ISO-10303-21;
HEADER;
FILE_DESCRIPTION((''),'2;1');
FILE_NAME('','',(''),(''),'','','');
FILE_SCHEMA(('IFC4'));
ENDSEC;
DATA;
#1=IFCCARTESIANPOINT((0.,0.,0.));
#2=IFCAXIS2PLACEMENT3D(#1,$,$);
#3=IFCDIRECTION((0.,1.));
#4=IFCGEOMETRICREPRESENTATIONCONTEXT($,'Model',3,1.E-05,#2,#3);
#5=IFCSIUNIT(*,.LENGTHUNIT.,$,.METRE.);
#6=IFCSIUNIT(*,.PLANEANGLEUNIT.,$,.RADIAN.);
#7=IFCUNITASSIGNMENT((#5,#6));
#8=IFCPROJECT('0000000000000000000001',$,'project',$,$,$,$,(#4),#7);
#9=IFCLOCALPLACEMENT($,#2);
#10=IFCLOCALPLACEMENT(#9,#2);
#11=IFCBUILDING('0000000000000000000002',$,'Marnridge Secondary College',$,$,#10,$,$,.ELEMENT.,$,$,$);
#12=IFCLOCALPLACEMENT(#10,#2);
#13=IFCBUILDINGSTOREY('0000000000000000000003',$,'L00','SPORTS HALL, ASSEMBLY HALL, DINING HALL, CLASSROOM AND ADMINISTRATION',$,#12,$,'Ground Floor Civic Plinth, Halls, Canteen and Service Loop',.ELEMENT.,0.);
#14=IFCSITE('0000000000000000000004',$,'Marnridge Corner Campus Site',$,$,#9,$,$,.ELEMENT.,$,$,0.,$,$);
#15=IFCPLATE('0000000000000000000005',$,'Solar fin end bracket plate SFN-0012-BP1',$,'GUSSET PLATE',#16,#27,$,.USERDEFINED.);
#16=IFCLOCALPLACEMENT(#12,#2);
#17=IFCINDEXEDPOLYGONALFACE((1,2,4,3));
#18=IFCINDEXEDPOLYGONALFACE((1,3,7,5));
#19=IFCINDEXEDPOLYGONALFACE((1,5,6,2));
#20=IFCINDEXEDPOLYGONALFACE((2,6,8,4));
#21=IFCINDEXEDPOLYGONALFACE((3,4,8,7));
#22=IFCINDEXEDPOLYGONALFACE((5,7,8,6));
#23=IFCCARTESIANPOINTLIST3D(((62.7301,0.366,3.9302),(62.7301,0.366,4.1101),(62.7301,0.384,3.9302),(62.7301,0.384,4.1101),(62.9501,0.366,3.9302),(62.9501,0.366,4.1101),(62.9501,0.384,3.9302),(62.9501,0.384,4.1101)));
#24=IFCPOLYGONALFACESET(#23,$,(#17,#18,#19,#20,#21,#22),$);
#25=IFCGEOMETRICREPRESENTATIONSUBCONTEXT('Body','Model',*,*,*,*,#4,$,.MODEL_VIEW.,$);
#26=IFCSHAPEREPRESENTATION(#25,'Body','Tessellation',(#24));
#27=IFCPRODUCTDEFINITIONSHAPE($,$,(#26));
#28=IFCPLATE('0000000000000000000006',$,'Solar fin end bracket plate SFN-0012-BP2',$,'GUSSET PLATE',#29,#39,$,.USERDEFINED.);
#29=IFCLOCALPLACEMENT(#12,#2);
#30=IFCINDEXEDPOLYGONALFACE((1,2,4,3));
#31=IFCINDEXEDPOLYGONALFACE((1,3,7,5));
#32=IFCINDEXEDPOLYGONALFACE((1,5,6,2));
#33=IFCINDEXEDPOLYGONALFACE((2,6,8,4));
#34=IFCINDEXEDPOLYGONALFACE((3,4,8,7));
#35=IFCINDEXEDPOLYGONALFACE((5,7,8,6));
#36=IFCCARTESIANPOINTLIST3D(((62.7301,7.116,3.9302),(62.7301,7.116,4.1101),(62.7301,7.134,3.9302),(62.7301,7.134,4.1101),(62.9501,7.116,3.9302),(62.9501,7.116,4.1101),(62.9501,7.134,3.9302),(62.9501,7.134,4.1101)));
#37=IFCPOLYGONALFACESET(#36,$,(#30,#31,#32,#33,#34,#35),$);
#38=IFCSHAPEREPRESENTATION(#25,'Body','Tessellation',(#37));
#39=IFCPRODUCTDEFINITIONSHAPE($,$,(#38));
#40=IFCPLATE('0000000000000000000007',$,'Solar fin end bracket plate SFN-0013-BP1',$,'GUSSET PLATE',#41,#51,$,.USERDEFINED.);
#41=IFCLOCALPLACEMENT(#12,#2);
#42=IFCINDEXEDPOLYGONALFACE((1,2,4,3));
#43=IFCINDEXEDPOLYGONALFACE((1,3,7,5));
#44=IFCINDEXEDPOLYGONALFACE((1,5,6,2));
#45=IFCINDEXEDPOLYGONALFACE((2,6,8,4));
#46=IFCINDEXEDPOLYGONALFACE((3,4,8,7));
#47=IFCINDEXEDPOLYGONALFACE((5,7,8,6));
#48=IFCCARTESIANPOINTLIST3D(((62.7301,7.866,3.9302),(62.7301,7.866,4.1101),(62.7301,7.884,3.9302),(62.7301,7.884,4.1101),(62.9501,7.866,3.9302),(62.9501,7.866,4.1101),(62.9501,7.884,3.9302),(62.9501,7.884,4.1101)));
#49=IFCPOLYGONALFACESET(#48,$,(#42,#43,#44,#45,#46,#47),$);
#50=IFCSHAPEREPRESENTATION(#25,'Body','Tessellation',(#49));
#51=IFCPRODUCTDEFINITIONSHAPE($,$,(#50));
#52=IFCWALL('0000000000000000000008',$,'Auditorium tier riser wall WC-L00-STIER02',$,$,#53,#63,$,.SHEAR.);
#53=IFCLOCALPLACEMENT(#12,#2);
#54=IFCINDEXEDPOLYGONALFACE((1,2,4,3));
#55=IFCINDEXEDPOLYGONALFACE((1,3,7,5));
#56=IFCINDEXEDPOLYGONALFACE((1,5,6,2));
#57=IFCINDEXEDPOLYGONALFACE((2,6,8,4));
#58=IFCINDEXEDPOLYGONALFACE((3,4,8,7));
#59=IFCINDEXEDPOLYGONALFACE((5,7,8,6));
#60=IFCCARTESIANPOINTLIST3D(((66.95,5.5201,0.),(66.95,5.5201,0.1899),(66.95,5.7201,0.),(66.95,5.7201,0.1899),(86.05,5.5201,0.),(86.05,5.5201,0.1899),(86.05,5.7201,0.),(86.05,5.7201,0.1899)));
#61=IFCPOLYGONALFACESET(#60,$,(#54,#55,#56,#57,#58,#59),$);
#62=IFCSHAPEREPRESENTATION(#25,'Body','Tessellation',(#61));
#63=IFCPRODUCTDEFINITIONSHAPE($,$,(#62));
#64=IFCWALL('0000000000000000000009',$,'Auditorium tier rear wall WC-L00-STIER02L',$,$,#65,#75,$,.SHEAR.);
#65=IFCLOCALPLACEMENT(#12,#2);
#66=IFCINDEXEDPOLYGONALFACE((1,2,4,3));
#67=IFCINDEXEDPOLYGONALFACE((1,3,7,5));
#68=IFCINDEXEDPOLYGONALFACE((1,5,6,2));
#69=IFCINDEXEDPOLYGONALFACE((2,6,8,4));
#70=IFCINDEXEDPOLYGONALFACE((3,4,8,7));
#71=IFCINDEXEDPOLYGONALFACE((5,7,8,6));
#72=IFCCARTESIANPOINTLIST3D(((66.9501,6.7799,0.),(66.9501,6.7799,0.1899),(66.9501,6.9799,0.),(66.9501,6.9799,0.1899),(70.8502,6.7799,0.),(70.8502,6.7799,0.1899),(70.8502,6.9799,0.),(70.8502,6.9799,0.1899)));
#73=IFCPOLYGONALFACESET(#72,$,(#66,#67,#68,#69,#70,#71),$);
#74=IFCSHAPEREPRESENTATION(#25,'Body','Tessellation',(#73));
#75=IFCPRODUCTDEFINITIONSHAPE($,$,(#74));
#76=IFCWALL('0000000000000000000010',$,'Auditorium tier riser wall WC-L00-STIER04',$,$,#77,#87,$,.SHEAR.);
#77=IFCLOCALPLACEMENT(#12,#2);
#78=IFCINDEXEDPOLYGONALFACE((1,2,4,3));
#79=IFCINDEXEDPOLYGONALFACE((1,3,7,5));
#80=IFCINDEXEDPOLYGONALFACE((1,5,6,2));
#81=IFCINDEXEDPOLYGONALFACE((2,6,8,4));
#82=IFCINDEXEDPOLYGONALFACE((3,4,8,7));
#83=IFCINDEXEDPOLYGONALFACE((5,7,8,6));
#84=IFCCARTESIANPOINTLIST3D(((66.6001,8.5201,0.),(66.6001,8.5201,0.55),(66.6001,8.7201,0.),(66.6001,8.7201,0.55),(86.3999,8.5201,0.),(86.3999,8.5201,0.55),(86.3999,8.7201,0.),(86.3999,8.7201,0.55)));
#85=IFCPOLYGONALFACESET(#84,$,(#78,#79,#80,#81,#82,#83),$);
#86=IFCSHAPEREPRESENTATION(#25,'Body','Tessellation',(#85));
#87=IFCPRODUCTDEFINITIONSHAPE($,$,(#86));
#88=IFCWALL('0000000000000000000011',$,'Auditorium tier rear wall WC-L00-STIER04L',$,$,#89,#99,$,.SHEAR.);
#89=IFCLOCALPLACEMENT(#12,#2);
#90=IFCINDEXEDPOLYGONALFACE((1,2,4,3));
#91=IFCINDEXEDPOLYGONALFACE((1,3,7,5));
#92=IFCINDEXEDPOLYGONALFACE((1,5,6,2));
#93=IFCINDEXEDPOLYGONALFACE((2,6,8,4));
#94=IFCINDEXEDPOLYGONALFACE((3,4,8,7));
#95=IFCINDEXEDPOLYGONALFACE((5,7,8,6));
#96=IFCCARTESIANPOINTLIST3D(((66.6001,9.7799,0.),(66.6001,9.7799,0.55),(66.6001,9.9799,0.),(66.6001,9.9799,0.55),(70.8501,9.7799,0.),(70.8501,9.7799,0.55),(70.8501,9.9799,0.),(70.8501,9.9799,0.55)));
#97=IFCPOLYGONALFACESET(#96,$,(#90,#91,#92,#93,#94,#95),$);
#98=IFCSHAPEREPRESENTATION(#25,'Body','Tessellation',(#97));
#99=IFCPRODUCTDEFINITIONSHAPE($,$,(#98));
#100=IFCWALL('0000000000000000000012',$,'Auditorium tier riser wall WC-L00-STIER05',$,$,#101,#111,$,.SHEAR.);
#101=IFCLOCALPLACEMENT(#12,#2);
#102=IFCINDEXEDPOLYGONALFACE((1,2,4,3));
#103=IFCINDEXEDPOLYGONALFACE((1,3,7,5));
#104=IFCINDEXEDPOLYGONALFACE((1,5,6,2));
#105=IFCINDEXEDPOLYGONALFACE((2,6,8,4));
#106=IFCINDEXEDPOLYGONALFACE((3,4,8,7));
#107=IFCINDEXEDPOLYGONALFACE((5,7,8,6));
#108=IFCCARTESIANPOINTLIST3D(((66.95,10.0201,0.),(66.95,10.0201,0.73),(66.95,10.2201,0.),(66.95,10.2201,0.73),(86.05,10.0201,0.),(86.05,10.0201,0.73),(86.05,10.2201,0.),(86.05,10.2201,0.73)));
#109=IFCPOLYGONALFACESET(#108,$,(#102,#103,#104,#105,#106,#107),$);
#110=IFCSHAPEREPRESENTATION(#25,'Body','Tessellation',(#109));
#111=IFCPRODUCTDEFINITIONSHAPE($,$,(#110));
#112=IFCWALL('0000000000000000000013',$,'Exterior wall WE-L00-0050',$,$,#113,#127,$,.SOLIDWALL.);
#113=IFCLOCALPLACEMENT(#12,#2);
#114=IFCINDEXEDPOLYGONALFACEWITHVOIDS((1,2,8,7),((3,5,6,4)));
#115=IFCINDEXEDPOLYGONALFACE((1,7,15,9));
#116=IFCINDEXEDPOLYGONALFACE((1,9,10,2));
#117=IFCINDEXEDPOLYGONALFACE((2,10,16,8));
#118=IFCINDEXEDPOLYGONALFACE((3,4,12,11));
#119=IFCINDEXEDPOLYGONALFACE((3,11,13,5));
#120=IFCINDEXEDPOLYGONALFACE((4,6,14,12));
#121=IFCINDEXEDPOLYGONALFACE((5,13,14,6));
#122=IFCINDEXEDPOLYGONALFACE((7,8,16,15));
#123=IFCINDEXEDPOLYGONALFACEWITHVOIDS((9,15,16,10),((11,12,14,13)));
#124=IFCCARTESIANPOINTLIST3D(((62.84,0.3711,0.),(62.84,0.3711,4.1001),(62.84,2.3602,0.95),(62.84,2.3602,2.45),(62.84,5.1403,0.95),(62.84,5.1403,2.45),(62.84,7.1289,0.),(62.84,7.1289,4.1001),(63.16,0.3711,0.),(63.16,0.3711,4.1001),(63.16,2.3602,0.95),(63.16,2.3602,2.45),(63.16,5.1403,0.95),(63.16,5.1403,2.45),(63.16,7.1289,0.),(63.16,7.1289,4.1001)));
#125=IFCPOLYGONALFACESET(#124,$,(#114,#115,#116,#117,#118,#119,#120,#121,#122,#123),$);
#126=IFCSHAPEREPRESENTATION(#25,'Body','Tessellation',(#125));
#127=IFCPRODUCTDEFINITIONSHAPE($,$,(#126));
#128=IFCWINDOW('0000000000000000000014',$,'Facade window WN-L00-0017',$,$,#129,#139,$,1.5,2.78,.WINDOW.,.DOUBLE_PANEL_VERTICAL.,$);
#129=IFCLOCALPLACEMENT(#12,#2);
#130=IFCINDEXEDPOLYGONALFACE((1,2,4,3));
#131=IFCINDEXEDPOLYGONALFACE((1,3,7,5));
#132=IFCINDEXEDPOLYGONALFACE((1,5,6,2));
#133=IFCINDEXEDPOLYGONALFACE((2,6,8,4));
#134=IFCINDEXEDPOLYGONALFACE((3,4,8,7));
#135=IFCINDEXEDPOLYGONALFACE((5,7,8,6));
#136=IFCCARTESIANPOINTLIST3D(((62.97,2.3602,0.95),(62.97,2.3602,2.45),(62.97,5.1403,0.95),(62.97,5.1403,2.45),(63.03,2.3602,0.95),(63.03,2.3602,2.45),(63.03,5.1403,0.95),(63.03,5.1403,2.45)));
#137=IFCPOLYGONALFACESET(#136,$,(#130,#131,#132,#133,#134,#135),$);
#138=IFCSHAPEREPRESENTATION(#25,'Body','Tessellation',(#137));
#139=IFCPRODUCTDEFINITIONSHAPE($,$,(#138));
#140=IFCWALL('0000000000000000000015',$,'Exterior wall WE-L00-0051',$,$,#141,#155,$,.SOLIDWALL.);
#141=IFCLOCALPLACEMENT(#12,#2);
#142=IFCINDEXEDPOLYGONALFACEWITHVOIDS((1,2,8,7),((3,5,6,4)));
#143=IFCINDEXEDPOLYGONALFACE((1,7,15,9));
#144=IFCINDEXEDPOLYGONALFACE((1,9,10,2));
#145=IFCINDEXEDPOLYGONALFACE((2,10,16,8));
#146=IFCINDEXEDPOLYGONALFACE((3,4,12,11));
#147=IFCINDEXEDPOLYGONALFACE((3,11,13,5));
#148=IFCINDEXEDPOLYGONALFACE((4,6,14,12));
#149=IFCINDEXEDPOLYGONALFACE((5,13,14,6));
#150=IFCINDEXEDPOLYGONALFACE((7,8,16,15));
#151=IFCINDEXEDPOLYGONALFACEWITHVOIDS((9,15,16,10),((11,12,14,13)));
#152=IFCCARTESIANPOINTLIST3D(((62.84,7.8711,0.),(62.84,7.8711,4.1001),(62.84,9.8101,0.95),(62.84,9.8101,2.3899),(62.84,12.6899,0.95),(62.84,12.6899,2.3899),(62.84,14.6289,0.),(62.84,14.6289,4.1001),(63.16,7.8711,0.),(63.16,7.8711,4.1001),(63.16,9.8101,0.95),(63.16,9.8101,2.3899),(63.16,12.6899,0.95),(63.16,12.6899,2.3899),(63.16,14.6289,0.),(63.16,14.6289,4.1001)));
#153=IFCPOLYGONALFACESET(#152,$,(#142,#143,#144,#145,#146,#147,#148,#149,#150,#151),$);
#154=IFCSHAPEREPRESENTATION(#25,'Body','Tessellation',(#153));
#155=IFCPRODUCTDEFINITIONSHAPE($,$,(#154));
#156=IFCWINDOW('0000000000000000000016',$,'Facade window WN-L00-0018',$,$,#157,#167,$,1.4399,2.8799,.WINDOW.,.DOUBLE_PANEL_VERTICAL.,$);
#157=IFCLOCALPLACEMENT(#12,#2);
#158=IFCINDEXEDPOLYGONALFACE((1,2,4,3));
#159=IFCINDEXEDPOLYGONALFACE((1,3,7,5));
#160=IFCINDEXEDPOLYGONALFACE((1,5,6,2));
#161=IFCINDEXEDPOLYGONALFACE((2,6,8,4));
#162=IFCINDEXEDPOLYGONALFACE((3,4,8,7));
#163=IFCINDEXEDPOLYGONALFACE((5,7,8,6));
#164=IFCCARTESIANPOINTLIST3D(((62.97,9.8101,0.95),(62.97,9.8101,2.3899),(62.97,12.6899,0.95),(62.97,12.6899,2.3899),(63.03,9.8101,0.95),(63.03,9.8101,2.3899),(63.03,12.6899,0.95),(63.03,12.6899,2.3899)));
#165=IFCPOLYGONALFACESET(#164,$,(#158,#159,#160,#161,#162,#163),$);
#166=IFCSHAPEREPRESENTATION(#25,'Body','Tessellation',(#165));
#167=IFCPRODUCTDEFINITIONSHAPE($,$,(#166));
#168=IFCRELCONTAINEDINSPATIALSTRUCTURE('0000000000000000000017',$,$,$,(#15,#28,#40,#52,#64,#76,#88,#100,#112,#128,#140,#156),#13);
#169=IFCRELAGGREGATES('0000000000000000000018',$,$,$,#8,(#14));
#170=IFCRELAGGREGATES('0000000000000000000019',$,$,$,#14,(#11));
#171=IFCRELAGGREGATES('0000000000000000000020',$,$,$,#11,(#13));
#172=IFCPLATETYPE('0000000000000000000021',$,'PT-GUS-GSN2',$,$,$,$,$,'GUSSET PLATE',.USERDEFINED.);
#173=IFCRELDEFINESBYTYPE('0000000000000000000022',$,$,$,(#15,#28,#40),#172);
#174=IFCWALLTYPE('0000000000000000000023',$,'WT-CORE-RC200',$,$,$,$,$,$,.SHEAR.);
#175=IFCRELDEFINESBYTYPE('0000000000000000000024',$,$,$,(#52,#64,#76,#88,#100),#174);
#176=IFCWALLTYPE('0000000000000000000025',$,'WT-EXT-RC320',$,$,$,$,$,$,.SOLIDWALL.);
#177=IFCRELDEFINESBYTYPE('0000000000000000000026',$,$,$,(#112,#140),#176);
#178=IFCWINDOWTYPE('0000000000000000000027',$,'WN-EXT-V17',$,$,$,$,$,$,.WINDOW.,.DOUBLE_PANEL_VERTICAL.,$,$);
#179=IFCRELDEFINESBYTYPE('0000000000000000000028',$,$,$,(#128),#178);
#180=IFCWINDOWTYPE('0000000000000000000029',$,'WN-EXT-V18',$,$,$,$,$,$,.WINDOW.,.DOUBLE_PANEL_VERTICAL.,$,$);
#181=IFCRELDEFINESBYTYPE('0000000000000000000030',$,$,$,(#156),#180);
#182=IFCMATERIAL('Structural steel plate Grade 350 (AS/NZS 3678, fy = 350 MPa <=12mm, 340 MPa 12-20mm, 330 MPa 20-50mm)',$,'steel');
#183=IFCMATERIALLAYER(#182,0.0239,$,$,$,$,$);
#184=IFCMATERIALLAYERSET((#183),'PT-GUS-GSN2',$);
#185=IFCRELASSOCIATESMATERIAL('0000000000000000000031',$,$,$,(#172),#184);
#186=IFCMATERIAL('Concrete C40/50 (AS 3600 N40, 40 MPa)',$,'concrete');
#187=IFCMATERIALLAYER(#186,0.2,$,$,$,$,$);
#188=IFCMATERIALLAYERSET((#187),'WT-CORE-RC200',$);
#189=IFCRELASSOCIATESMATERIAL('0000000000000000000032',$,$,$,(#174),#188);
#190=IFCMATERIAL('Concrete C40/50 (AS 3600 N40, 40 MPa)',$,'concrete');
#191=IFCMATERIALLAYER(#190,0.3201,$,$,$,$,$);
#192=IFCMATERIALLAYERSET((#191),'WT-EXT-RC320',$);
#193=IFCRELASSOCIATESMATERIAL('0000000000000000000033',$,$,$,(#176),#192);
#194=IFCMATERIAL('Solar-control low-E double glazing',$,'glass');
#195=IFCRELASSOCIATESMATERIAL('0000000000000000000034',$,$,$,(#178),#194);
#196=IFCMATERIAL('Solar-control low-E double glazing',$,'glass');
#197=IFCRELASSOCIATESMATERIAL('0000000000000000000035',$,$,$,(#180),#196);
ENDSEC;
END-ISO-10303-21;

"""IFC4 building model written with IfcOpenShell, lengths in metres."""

from ifc_helpers import new_model, si_unit, direction, frame, frame_2d, origin, origin_2d, place, context, subcontext, project, spatial, rectangle, extrude, material, layer, layer_set, type_object, element, fill, save


model = new_model("IFC4")

# Units and contexts
model_context = context("Model", 3, precision=1e-05, world=origin(), true_north=direction((0.0, 1.0)))
body_context = subcontext(model_context, "Body", "Model", "MODEL_VIEW")
ifc_project = project(units=[si_unit("LENGTHUNIT", "METRE"), si_unit("PLANEANGLEUNIT", "RADIAN")], contexts=[model_context])

# Site, building, storey
site_placement = place(None, origin())
site = spatial("IfcSite", under=ifc_project, at=site_placement, Name="Marnridge Corner Campus Site", CompositionType="ELEMENT", RefElevation=0.0)
building_placement = place(site_placement, origin())
building = spatial("IfcBuilding", under=site, at=building_placement, Name="Marnridge Secondary College", CompositionType="ELEMENT")
storey_placement = place(building_placement, origin())
storey = spatial("IfcBuildingStorey", under=building, at=storey_placement, Name="L00", Description="SPORTS HALL, ASSEMBLY HALL, DINING HALL, CLASSROOM AND ADMINISTRATION", LongName="Ground Floor Civic Plinth, Halls, Canteen and Service Loop", CompositionType="ELEMENT", Elevation=0.0)

# Plates
ifc_material_1 = material(Name="Structural steel plate Grade 350 (AS/NZS 3678, fy = 350 MPa <=12mm, 340 MPa 12-20mm, 330 MPa 20-50mm)", Category="steel")
ifc_layer_1 = layer(ifc_material_1, 0.0239)
ifc_layer_set_1 = layer_set([ifc_layer_1], Name="PT-GUS-GSN2")
plate_type = type_object("IfcPlateType", Name="PT-GUS-GSN2", ElementType="GUSSET PLATE", PredefinedType="USERDEFINED", material=ifc_layer_set_1)
for number, where, z_axis, x_axis, name in (
    (1, (62.8401, 0.375, 3.9302), (0.0, 0.0, 1.0), (1.0, 0.0, 0.0), "Solar fin end bracket plate SFN-0012-BP1"),
    (2, (62.8401, 7.125, 3.9302), (0.0, 0.0, 1.0), (1.0, 0.0, 0.0), "Solar fin end bracket plate SFN-0012-BP2"),
    (3, (62.8401, 7.875, 3.9302), (0.0, 0.0, 1.0), (1.0, 0.0, 0.0), "Solar fin end bracket plate SFN-0013-BP1"),
):
    element("IfcPlate", number, at=place(storey_placement, frame(where, z_axis=z_axis, x_axis=x_axis)), inside=storey, type_object=plate_type, Name=name, ObjectType="GUSSET PLATE", PredefinedType="USERDEFINED", context=body_context, shape_type="SweptSolid", body=[
        extrude(rectangle(XDim=0.22, YDim=0.0181, at=origin_2d()), origin(), (0.0, 0.0, 1.0), 0.1799),
    ])

# Walls
ifc_material_2 = material(Name="Concrete C40/50 (AS 3600 N40, 40 MPa)", Category="concrete")
ifc_layer_2 = layer(ifc_material_2, 0.2)
ifc_layer_set_2 = layer_set([ifc_layer_2], Name="WT-CORE-RC200")
wall_type_1 = type_object("IfcWallType", Name="WT-CORE-RC200", PredefinedType="SHEAR", material=ifc_layer_set_2)
wall_1_placement = place(storey_placement, frame((66.95, 5.6201, 0.0), z_axis=(0.0, 0.0, 1.0), x_axis=(1.0, 0.0, 0.0)))
element("IfcWall", 4, at=wall_1_placement, inside=storey, type_object=wall_type_1, Name="Auditorium tier riser wall WC-L00-STIER02", PredefinedType="SHEAR", context=body_context, shape_type="SweptSolid", body=[
    extrude(rectangle(XDim=19.1001, YDim=0.2, at=frame_2d((9.55, 0.0))), origin(), (0.0, 0.0, 1.0), 0.1899),
])
wall_2_placement = place(storey_placement, frame((66.95, 6.8799, 0.0), z_axis=(0.0, 0.0, 1.0), x_axis=(1.0, 0.0, 0.0)))
element("IfcWall", 5, at=wall_2_placement, inside=storey, type_object=wall_type_1, Name="Auditorium tier rear wall WC-L00-STIER02L", PredefinedType="SHEAR", context=body_context, shape_type="SweptSolid", body=[
    extrude(rectangle(XDim=3.9001, YDim=0.2, at=frame_2d((1.9502, 0.0))), origin(), (0.0, 0.0, 1.0), 0.1899),
])
wall_3_placement = place(storey_placement, frame((66.6001, 8.6201, 0.0), z_axis=(0.0, 0.0, 1.0), x_axis=(1.0, 0.0, 0.0)))
element("IfcWall", 6, at=wall_3_placement, inside=storey, type_object=wall_type_1, Name="Auditorium tier riser wall WC-L00-STIER04", PredefinedType="SHEAR", context=body_context, shape_type="SweptSolid", body=[
    extrude(rectangle(XDim=19.7998, YDim=0.2, at=frame_2d((9.8999, 0.0))), origin(), (0.0, 0.0, 1.0), 0.55),
])
wall_4_placement = place(storey_placement, frame((66.6001, 9.8799, 0.0), z_axis=(0.0, 0.0, 1.0), x_axis=(1.0, 0.0, 0.0)))
element("IfcWall", 7, at=wall_4_placement, inside=storey, type_object=wall_type_1, Name="Auditorium tier rear wall WC-L00-STIER04L", PredefinedType="SHEAR", context=body_context, shape_type="SweptSolid", body=[
    extrude(rectangle(XDim=4.25, YDim=0.2, at=frame_2d((2.125, 0.0))), origin(), (0.0, 0.0, 1.0), 0.55),
])
wall_5_placement = place(storey_placement, frame((66.95, 10.1201, 0.0), z_axis=(0.0, 0.0, 1.0), x_axis=(1.0, 0.0, 0.0)))
element("IfcWall", 8, at=wall_5_placement, inside=storey, type_object=wall_type_1, Name="Auditorium tier riser wall WC-L00-STIER05", PredefinedType="SHEAR", context=body_context, shape_type="SweptSolid", body=[
    extrude(rectangle(XDim=19.1001, YDim=0.2, at=frame_2d((9.55, 0.0))), origin(), (0.0, 0.0, 1.0), 0.73),
])

# Walls, openings, windows
ifc_material_3 = material(Name="Concrete C40/50 (AS 3600 N40, 40 MPa)", Category="concrete")
ifc_layer_3 = layer(ifc_material_3, 0.3201)
ifc_layer_set_3 = layer_set([ifc_layer_3], Name="WT-EXT-RC320")
wall_type_2 = type_object("IfcWallType", Name="WT-EXT-RC320", PredefinedType="SOLIDWALL", material=ifc_layer_set_3)
wall_6_placement = place(storey_placement, frame((63.0, 0.3711, 0.0), z_axis=(0.0, 0.0, 1.0), x_axis=(0.0, 1.0, 0.0)))
wall_6 = element("IfcWall", 9, at=wall_6_placement, inside=storey, type_object=wall_type_2, Name="Exterior wall WE-L00-0050", PredefinedType="SOLIDWALL", context=body_context, shape_type="SweptSolid", body=[
    extrude(rectangle(XDim=6.7578, YDim=0.3201, at=frame_2d((3.3789, 0.0))), origin(), (0.0, 0.0, 1.0), 4.1001),
])
opening_1_placement = place(wall_6_placement, frame((1.989, 0.0, 0.95)))
opening_1 = element("IfcOpeningElement", 10, at=opening_1_placement, cuts=wall_6, PredefinedType="OPENING", context=body_context, shape_type="SweptSolid", body=[
    extrude(rectangle(XDim=2.78, YDim=1.5, at=frame_2d((1.3901, 0.75))), frame((0.0, 0.1699, 0.0), z_axis=(0.0, -1.0, 0.0), x_axis=(1.0, 0.0, 0.0)), (0.0, 0.0, 1.0), 0.3401),
])
ifc_material_4 = material(Name="Solar-control low-E double glazing", Category="glass")
window_type_1 = type_object("IfcWindowType", Name="WN-EXT-V17", PartitioningType="DOUBLE_PANEL_VERTICAL", PredefinedType="WINDOW", material=ifc_material_4)
window_1_placement = place(opening_1_placement, origin())
window_1 = element("IfcWindow", 11, at=window_1_placement, inside=storey, type_object=window_type_1, Name="Facade window WN-L00-0017", OverallHeight=1.5, OverallWidth=2.78, PartitioningType="DOUBLE_PANEL_VERTICAL", PredefinedType="WINDOW", context=body_context, shape_type="SweptSolid", body=[
    extrude(rectangle(XDim=2.78, YDim=1.5, at=frame_2d((1.3901, 0.75))), frame((0.0, 0.03, 0.0), z_axis=(0.0, -1.0, 0.0), x_axis=(1.0, 0.0, 0.0)), (0.0, 0.0, 1.0), 0.0601),
])
fill(opening_1, window_1)
wall_7_placement = place(storey_placement, frame((63.0, 7.8711, 0.0), z_axis=(0.0, 0.0, 1.0), x_axis=(0.0, 1.0, 0.0)))
wall_7 = element("IfcWall", 12, at=wall_7_placement, inside=storey, type_object=wall_type_2, Name="Exterior wall WE-L00-0051", PredefinedType="SOLIDWALL", context=body_context, shape_type="SweptSolid", body=[
    extrude(rectangle(XDim=6.7578, YDim=0.3201, at=frame_2d((3.3789, 0.0))), origin(), (0.0, 0.0, 1.0), 4.1001),
])
opening_2_placement = place(wall_7_placement, frame((1.939, 0.0, 0.95)))
opening_2 = element("IfcOpeningElement", 13, at=opening_2_placement, cuts=wall_7, PredefinedType="OPENING", context=body_context, shape_type="SweptSolid", body=[
    extrude(rectangle(XDim=2.8799, YDim=1.4399, at=frame_2d((1.4399, 0.72))), frame((0.0, 0.1699, 0.0), z_axis=(0.0, -1.0, 0.0), x_axis=(1.0, 0.0, 0.0)), (0.0, 0.0, 1.0), 0.3401),
])
ifc_material_5 = material(Name="Solar-control low-E double glazing", Category="glass")
window_type_2 = type_object("IfcWindowType", Name="WN-EXT-V18", PartitioningType="DOUBLE_PANEL_VERTICAL", PredefinedType="WINDOW", material=ifc_material_5)
window_2_placement = place(opening_2_placement, origin())
window_2 = element("IfcWindow", 14, at=window_2_placement, inside=storey, type_object=window_type_2, Name="Facade window WN-L00-0018", OverallHeight=1.4399, OverallWidth=2.8799, PartitioningType="DOUBLE_PANEL_VERTICAL", PredefinedType="WINDOW", context=body_context, shape_type="SweptSolid", body=[
    extrude(rectangle(XDim=2.8799, YDim=1.4399, at=frame_2d((1.4399, 0.72))), frame((0.0, 0.03, 0.0), z_axis=(0.0, -1.0, 0.0), x_axis=(1.0, 0.0, 0.0)), (0.0, 0.0, 1.0), 0.0601),
])
fill(opening_2, window_2)

save(model, "model.ifc")
